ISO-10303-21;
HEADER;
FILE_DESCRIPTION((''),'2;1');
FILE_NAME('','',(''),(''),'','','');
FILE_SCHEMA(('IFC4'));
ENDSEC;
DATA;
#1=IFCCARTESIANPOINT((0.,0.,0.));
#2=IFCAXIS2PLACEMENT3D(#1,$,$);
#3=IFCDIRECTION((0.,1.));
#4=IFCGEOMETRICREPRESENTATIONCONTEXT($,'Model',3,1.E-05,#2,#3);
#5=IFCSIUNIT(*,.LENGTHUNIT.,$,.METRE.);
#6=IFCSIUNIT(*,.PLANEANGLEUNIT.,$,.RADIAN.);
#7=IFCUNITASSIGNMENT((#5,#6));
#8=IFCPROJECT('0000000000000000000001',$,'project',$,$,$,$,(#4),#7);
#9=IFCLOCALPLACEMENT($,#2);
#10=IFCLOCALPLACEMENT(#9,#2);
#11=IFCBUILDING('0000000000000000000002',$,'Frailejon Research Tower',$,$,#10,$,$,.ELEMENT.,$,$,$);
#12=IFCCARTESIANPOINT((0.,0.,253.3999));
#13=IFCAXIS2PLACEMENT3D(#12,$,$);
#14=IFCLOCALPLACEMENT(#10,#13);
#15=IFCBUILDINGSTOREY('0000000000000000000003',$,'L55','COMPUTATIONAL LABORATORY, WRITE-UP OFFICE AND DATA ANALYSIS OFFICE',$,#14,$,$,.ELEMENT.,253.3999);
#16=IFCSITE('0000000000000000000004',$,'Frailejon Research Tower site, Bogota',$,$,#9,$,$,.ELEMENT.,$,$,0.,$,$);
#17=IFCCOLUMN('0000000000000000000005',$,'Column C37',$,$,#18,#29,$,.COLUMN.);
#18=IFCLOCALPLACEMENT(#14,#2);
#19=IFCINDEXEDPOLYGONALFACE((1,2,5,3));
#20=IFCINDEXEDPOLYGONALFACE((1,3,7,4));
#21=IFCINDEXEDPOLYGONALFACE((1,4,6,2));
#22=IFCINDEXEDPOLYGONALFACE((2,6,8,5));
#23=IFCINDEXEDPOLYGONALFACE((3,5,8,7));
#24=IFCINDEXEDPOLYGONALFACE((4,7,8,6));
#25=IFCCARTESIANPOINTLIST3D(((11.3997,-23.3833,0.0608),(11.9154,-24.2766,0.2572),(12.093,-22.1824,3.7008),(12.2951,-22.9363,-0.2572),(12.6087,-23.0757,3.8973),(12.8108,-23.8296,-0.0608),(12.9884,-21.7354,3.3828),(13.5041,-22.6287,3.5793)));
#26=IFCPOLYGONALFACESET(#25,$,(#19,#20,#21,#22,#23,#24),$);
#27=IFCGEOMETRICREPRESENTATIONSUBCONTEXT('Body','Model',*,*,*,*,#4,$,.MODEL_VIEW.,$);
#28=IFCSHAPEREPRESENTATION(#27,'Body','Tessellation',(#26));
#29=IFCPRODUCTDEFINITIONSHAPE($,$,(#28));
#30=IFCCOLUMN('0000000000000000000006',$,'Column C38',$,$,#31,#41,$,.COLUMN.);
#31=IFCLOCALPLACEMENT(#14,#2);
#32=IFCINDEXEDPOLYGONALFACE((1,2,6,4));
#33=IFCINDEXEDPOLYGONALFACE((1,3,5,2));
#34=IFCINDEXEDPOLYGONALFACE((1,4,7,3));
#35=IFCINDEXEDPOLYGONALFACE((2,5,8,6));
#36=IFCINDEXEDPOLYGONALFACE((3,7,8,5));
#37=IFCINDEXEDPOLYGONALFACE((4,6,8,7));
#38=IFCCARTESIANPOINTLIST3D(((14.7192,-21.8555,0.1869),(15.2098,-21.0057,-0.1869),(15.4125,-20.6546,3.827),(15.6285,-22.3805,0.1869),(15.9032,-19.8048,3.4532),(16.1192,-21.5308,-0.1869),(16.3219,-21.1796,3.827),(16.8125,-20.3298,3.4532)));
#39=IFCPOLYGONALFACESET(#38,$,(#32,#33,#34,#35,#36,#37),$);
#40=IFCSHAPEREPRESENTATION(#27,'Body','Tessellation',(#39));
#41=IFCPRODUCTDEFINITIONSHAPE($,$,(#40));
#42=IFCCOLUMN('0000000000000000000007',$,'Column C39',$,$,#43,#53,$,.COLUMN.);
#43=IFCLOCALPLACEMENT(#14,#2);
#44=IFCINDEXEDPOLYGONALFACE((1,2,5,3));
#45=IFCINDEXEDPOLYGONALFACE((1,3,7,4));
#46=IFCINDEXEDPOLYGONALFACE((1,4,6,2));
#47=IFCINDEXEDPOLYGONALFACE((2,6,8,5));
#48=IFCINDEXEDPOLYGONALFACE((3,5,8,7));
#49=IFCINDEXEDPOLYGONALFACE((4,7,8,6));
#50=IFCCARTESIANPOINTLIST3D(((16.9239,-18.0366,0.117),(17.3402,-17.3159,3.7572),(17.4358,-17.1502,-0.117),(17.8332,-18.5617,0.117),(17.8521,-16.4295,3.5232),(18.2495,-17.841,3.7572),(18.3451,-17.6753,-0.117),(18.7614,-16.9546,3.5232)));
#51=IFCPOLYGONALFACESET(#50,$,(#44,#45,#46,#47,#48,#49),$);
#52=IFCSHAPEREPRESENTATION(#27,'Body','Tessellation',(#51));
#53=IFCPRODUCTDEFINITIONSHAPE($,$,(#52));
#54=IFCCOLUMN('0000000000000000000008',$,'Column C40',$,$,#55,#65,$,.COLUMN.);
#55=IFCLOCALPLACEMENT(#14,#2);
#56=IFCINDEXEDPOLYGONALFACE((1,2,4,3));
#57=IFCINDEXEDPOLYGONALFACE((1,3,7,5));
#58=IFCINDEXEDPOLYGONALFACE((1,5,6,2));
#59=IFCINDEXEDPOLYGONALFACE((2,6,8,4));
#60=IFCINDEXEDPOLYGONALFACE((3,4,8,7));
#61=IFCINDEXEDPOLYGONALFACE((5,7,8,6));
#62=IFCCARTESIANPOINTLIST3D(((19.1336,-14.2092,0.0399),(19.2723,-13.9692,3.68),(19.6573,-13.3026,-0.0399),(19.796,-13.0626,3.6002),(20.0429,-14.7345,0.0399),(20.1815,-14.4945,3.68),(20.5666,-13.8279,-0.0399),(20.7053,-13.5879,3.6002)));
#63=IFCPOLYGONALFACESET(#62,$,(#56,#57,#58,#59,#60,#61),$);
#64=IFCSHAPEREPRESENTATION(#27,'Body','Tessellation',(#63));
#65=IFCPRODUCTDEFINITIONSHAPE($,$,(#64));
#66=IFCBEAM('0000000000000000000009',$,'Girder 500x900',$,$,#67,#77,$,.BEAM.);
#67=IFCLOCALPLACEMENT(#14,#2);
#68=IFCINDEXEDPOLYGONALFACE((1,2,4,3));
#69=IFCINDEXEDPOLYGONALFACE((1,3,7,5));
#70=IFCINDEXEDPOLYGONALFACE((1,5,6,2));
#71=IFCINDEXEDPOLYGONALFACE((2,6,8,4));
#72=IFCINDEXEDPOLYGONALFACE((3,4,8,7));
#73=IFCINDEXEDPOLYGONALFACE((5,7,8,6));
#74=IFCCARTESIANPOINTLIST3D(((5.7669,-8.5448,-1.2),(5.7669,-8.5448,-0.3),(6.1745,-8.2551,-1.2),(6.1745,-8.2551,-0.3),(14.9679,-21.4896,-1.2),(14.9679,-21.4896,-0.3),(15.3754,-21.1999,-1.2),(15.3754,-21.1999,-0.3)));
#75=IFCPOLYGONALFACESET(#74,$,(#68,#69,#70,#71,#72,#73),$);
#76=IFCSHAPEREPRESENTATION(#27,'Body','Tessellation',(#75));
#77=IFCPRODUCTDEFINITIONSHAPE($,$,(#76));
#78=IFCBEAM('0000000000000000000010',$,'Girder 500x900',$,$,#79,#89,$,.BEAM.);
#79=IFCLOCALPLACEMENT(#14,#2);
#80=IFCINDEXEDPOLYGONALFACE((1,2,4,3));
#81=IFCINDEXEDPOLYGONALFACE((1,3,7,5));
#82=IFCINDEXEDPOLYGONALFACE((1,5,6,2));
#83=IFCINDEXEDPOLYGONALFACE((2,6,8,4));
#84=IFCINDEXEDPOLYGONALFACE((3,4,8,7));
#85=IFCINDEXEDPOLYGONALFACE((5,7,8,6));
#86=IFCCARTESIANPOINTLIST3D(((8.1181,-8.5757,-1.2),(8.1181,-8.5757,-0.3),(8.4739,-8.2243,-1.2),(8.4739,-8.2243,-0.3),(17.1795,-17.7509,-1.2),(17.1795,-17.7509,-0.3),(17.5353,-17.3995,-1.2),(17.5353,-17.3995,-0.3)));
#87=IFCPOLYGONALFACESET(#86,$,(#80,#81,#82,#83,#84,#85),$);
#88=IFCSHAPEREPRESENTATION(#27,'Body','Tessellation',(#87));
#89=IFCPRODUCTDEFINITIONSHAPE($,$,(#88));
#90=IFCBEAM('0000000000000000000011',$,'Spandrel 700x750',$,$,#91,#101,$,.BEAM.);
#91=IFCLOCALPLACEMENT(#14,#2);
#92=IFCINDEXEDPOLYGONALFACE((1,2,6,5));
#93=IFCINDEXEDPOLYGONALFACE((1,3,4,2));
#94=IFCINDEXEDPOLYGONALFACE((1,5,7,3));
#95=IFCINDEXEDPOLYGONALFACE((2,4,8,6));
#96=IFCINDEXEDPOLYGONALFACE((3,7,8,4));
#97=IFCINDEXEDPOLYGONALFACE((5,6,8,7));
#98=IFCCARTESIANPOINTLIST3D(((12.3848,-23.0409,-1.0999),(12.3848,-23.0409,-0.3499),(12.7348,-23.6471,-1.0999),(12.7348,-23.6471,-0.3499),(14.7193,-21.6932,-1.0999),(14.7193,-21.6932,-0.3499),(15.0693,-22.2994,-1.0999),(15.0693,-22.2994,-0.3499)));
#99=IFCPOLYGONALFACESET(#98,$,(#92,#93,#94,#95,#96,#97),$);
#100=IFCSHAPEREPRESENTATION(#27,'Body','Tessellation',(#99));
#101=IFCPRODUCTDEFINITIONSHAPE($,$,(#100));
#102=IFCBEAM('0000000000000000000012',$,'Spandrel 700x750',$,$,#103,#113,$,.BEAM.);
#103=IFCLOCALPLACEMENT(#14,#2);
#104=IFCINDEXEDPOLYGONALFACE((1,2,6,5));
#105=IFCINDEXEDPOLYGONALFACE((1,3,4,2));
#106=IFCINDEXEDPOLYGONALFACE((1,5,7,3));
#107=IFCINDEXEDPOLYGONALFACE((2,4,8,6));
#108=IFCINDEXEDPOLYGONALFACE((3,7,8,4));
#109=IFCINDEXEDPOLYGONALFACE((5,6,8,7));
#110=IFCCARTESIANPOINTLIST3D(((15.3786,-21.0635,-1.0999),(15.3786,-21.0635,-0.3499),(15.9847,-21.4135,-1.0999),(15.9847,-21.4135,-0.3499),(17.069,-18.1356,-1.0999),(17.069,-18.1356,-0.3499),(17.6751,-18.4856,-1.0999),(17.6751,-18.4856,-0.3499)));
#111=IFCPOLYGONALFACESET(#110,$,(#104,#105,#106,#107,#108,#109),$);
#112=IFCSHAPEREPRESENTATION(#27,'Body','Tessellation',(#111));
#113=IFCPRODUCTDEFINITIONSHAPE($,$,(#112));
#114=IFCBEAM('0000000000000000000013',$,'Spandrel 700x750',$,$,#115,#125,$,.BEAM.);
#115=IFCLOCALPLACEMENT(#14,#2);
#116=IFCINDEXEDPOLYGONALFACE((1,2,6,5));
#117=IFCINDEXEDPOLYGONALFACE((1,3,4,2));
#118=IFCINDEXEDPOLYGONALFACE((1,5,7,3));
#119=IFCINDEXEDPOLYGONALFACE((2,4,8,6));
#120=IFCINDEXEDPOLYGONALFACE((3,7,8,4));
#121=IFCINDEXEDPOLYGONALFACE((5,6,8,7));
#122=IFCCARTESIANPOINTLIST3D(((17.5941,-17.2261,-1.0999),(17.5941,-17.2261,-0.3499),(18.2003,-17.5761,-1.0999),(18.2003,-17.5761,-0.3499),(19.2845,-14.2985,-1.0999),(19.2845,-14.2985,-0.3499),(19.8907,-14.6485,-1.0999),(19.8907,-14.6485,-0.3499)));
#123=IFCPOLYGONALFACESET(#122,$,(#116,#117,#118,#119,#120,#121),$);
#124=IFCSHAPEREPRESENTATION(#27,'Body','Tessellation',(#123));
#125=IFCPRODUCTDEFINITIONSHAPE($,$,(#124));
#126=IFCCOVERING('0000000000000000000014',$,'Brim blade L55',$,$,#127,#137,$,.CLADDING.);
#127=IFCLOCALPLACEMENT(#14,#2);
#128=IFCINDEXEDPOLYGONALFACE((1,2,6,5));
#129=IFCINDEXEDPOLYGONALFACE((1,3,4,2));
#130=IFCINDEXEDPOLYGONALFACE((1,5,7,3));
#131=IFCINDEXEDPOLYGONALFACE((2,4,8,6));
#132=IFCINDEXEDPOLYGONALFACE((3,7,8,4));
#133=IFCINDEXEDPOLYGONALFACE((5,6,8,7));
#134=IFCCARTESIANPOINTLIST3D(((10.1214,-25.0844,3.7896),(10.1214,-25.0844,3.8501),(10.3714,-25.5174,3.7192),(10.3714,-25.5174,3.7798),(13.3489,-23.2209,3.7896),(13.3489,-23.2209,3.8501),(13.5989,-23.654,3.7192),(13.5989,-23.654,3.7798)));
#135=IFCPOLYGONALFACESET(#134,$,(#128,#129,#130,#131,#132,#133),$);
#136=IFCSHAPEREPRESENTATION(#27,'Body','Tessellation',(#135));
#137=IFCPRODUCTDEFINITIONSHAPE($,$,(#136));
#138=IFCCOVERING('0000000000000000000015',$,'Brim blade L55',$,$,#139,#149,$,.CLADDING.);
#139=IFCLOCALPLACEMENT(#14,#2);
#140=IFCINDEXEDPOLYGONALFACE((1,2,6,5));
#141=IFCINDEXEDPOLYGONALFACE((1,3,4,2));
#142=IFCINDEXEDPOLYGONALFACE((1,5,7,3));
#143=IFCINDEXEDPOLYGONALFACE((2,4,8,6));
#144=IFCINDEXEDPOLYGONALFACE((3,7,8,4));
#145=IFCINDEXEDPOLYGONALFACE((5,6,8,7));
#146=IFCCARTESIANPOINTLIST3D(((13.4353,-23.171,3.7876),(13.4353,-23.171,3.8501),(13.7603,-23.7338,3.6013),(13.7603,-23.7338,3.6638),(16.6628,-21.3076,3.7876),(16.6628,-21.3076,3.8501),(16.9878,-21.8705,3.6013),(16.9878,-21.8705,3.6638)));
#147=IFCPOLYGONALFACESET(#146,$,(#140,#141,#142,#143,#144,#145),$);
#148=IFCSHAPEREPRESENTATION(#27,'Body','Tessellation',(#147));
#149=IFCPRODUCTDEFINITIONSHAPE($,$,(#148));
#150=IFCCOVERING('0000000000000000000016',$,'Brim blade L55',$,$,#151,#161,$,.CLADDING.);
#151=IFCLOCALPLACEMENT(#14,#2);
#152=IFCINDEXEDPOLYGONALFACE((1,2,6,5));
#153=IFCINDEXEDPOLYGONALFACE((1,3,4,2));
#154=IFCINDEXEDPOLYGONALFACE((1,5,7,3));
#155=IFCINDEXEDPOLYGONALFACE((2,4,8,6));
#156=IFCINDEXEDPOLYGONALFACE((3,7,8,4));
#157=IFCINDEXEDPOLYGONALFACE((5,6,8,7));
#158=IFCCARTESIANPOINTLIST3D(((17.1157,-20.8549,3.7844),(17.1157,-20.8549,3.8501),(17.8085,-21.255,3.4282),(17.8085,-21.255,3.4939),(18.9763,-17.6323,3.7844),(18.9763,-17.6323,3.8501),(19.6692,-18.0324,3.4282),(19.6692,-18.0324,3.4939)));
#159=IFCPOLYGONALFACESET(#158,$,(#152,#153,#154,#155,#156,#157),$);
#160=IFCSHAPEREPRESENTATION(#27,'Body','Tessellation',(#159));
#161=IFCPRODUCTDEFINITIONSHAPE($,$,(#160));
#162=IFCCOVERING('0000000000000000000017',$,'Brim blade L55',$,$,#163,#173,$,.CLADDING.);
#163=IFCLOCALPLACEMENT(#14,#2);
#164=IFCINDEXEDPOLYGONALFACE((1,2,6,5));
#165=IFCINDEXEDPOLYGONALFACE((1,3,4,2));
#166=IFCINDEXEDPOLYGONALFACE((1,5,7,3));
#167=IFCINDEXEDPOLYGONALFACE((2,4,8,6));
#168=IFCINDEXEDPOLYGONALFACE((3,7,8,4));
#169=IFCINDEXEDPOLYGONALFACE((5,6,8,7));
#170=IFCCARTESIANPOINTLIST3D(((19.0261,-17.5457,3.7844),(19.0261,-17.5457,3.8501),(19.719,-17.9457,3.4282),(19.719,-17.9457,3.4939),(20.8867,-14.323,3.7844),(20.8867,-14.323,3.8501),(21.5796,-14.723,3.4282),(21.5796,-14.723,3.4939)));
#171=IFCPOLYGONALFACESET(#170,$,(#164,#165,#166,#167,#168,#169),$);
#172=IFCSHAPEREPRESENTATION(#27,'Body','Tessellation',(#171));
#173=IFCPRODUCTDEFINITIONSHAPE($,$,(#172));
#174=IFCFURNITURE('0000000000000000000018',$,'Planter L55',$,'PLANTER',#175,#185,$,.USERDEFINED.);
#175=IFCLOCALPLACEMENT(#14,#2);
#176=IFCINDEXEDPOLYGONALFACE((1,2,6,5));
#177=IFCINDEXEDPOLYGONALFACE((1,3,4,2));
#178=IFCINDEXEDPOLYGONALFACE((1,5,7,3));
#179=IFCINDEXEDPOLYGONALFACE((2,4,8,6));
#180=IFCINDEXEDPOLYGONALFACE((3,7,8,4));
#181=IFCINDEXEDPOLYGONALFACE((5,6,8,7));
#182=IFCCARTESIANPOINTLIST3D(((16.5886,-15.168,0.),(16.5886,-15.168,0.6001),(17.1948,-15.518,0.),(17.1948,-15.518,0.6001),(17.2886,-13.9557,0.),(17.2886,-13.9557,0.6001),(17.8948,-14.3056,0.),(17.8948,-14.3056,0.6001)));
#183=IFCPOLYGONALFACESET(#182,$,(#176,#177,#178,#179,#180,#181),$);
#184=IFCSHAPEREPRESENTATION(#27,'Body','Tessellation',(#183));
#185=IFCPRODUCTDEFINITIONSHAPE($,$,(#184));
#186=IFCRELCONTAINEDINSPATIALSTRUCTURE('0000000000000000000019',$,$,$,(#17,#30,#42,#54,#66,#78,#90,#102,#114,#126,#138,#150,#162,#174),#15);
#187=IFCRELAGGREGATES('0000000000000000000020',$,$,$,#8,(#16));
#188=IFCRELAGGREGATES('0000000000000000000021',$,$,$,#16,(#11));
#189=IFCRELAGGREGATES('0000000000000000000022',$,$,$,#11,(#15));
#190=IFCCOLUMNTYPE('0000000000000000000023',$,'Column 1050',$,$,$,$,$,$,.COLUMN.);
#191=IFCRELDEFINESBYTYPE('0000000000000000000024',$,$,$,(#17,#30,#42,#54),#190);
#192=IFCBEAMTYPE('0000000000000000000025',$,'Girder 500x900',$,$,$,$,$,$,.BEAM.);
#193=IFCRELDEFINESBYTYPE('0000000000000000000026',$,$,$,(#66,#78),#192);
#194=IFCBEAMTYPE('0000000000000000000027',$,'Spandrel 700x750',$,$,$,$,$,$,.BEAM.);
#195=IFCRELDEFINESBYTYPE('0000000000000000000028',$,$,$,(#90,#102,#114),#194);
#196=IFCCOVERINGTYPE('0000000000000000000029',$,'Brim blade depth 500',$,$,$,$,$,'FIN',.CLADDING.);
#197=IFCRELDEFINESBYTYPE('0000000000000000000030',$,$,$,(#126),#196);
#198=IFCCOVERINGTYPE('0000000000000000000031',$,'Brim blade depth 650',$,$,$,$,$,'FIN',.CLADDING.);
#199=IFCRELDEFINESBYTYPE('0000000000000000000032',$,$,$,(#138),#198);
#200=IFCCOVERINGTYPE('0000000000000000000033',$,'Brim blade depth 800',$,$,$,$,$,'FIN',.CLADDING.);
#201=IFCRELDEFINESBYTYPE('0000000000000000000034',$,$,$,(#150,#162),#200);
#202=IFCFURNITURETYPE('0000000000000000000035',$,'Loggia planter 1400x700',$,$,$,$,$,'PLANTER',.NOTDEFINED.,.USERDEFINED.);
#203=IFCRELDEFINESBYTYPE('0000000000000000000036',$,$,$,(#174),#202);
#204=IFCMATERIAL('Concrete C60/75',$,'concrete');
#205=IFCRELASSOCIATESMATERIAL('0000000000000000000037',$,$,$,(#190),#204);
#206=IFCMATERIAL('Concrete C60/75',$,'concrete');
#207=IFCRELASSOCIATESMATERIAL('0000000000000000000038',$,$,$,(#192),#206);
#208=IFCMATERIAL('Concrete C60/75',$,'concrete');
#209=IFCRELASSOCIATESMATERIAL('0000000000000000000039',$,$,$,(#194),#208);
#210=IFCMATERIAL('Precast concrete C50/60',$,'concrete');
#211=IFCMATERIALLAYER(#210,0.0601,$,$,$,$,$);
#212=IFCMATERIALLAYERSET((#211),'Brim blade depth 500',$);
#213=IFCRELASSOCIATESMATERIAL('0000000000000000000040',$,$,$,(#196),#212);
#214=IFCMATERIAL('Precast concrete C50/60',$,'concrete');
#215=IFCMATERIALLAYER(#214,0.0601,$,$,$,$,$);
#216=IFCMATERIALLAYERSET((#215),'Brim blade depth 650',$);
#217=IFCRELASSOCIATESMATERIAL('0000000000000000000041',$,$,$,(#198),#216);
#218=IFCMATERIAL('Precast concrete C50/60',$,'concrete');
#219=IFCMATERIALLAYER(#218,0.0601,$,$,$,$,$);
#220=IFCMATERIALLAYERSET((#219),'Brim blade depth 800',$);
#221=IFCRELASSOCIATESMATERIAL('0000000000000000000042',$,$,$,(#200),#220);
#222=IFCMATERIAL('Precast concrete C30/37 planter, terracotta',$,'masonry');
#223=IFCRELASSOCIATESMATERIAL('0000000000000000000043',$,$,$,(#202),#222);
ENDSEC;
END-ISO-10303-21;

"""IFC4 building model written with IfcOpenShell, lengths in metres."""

from ifc_helpers import new_model, si_unit, direction, frame, origin, origin_2d, place, context, subcontext, project, spatial, polyline, rectangle, outline, extrude, material, layer, layer_set, material_profile, profile_set, type_object, element, save


model = new_model("IFC4")

# Units and contexts
model_context = context("Model", 3, precision=1e-05, world=origin(), true_north=direction((0.0, 1.0)))
body_context = subcontext(model_context, "Body", "Model", "MODEL_VIEW")
ifc_project = project(units=[si_unit("LENGTHUNIT", "METRE"), si_unit("PLANEANGLEUNIT", "RADIAN")], contexts=[model_context])

# Site, building, storey
site_placement = place(None, origin())
site = spatial("IfcSite", under=ifc_project, at=site_placement, Name="Frailejon Research Tower site, Bogota", CompositionType="ELEMENT", RefElevation=0.0)
building_placement = place(site_placement, origin())
building = spatial("IfcBuilding", under=site, at=building_placement, Name="Frailejon Research Tower", CompositionType="ELEMENT")
storey_placement = place(building_placement, frame((0.0, 0.0, 253.3999)))
storey = spatial("IfcBuildingStorey", under=building, at=storey_placement, Name="L55", Description="COMPUTATIONAL LABORATORY, WRITE-UP OFFICE AND DATA ANALYSIS OFFICE", CompositionType="ELEMENT", Elevation=253.3999)

# Columns
ifc_material_1 = material(Name="Concrete C60/75", Category="concrete")
ifc_material_profile_1 = material_profile(ifc_material_1, rectangle(XDim=1.05, YDim=1.05, at=origin_2d()), Name="Column 1050")
ifc_profile_set_1 = profile_set([ifc_material_profile_1], Name="Concrete C60/75")
column_type = type_object("IfcColumnType", Name="Column 1050", PredefinedType="COLUMN", material=ifc_profile_set_1)
for number, where, z_axis, x_axis, name in (
    (1, (12.1052, -23.6064, 0.0), (0.177998, 0.3083, 0.934488), (0.852703, 0.425654, -0.302848), "Column C37"),
    (2, (15.4192, -21.6931, 0.0), (0.177998, 0.3083, 0.934488), (0.46727, 0.809276, -0.355994), "Column C38"),
):
    element("IfcColumn", number, at=place(storey_placement, frame(where, z_axis=z_axis, x_axis=x_axis)), inside=storey, type_object=column_type, Name=name, PredefinedType="COLUMN", context=body_context, shape_type="SweptSolid", body=[
        extrude(rectangle(XDim=1.05, YDim=1.05, at=origin_2d()), origin(), (0.0, 0.0, 1.0), 3.8953),
    ])
column_1_placement = place(storey_placement, frame((17.6345, -17.856, 0.0), z_axis=(0.111476, 0.193007, 0.974844), x_axis=(0.487482, 0.844205, -0.222887)))
element("IfcColumn", 3, at=column_1_placement, inside=storey, type_object=column_type, Name="Column C39", PredefinedType="COLUMN", context=body_context, shape_type="SweptSolid", body=[
    extrude(rectangle(XDim=1.05, YDim=1.05, at=origin_2d()), origin(), (0.0, 0.0, 1.0), 3.7341),
])
column_2_placement = place(storey_placement, frame((19.8501, -14.0186, 0.0), z_axis=(0.037985, 0.065739, 0.997114), x_axis=(0.498771, 0.863402, -0.075924)))
element("IfcColumn", 4, at=column_2_placement, inside=storey, type_object=column_type, Name="Column C40", PredefinedType="COLUMN", context=body_context, shape_type="SweptSolid", body=[
    extrude(rectangle(XDim=1.05, YDim=1.05, at=origin_2d()), origin(), (0.0, 0.0, 1.0), 3.6506),
])

# Beams
ifc_material_2 = material(Name="Concrete C60/75", Category="concrete")
ifc_material_profile_2 = material_profile(ifc_material_2, rectangle(XDim=0.5, YDim=0.8999, at=origin_2d()), Name="Girder 500x900")
ifc_profile_set_2 = profile_set([ifc_material_profile_2], Name="Concrete C60/75")
beam_type_1 = type_object("IfcBeamType", Name="Girder 500x900", PredefinedType="BEAM", material=ifc_profile_set_2)
beam_1_placement = place(storey_placement, frame((15.1716, -21.3447, -0.75), z_axis=(-0.579345, 0.815083, 0.0), x_axis=(-0.815083, -0.579345, 0.0)))
element("IfcBeam", 5, at=beam_1_placement, inside=storey, type_object=beam_type_1, Name="Girder 500x900", PredefinedType="BEAM", context=body_context, shape_type="SweptSolid", body=[
    extrude(rectangle(XDim=0.5, YDim=0.8999, at=origin_2d()), origin(), (0.0, 0.0, 1.0), 15.8816),
])
beam_2_placement = place(storey_placement, frame((17.3574, -17.5752, -0.75), z_axis=(-0.702682, 0.711504, 0.0), x_axis=(-0.711504, -0.702682, 0.0)))
element("IfcBeam", 6, at=beam_2_placement, inside=storey, type_object=beam_type_1, Name="Girder 500x900", PredefinedType="BEAM", context=body_context, shape_type="SweptSolid", body=[
    extrude(rectangle(XDim=0.5, YDim=0.8999, at=origin_2d()), origin(), (0.0, 0.0, 1.0), 12.8955),
])
ifc_material_3 = material(Name="Concrete C60/75", Category="concrete")
ifc_material_profile_3 = material_profile(ifc_material_3, rectangle(XDim=0.7, YDim=0.75, at=origin_2d()), Name="Spandrel 700x750")
ifc_profile_set_3 = profile_set([ifc_material_profile_3], Name="Concrete C60/75")
beam_type_2 = type_object("IfcBeamType", Name="Spandrel 700x750", PredefinedType="BEAM", material=ifc_profile_set_3)
beam_3_placement = place(storey_placement, frame((12.5598, -23.344, -0.7249), z_axis=(0.86605, 0.499958, 0.0), x_axis=(-0.499958, 0.86605, 0.0)))
element("IfcBeam", 7, at=beam_3_placement, inside=storey, type_object=beam_type_2, Name="Spandrel 700x750", PredefinedType="BEAM", context=body_context, shape_type="SweptSolid", body=[
    extrude(rectangle(XDim=0.7, YDim=0.75, at=origin_2d()), origin(), (0.0, 0.0, 1.0), 2.6956),
])
beam_4_placement = place(storey_placement, frame((15.6816, -21.2385, -0.7249), z_axis=(0.499991, 0.86603, 0.0), x_axis=(-0.86603, 0.499991, 0.0)))
element("IfcBeam", 8, at=beam_4_placement, inside=storey, type_object=beam_type_2, Name="Spandrel 700x750", PredefinedType="BEAM", context=body_context, shape_type="SweptSolid", body=[
    extrude(rectangle(XDim=0.7, YDim=0.75, at=origin_2d()), origin(), (0.0, 0.0, 1.0), 3.3809),
])
beam_5_placement = place(storey_placement, frame((17.8972, -17.4011, -0.7249), z_axis=(0.500023, 0.866012, 0.0), x_axis=(-0.866012, 0.500023, 0.0)))
element("IfcBeam", 9, at=beam_5_placement, inside=storey, type_object=beam_type_2, Name="Spandrel 700x750", PredefinedType="BEAM", context=body_context, shape_type="SweptSolid", body=[
    extrude(rectangle(XDim=0.7, YDim=0.75, at=origin_2d()), origin(), (0.0, 0.0, 1.0), 3.3806),
])

# Coverings
ifc_material_4 = material(Name="Precast concrete C50/60", Category="concrete")
ifc_layer_1 = layer(ifc_material_4, 0.0601)
ifc_layer_set_1 = layer_set([ifc_layer_1], Name="Brim blade depth 500")
covering_type_1 = type_object("IfcCoveringType", Name="Brim blade depth 500", ElementType="FIN", PredefinedType="CLADDING", material=ifc_layer_set_1)
covering_1_placement = place(storey_placement, frame((13.3489, -23.2209, 3.8501), z_axis=(-0.866018, -0.500012, 0.0), x_axis=(0.500012, -0.866018, 0.0)))
element("IfcCovering", 10, at=covering_1_placement, inside=storey, type_object=covering_type_1, Name="Brim blade L55", PredefinedType="CLADDING", context=body_context, shape_type="SweptSolid", body=[
    extrude(outline(polyline([(0.0, -0.0605), (0.5, -0.1309), (0.5, -0.0703), (0.0, 0.0), (0.0, -0.0605)])), origin(), (0.0, 0.0, 1.0), 3.7268),
])
ifc_material_5 = material(Name="Precast concrete C50/60", Category="concrete")
ifc_layer_2 = layer(ifc_material_5, 0.0601)
ifc_layer_set_2 = layer_set([ifc_layer_2], Name="Brim blade depth 650")
covering_type_2 = type_object("IfcCoveringType", Name="Brim blade depth 650", ElementType="FIN", PredefinedType="CLADDING", material=ifc_layer_set_2)
covering_2_placement = place(storey_placement, frame((16.6628, -21.3076, 3.8501), z_axis=(-0.86603, -0.499992, 0.0), x_axis=(0.499992, -0.86603, 0.0)))
element("IfcCovering", 11, at=covering_2_placement, inside=storey, type_object=covering_type_2, Name="Brim blade L55", PredefinedType="CLADDING", context=body_context, shape_type="SweptSolid", body=[
    extrude(outline(polyline([(0.0, -0.0625), (0.6499, -0.2488), (0.6499, -0.1863), (0.0, 0.0), (0.0, -0.0625)])), origin(), (0.0, 0.0, 1.0), 3.7268),
])
ifc_material_6 = material(Name="Precast concrete C50/60", Category="concrete")
ifc_layer_3 = layer(ifc_material_6, 0.0601)
ifc_layer_set_3 = layer_set([ifc_layer_3], Name="Brim blade depth 800")
covering_type_3 = type_object("IfcCoveringType", Name="Brim blade depth 800", ElementType="FIN", PredefinedType="CLADDING", material=ifc_layer_set_3)
for number, where, z_axis, x_axis, name in (
    (12, (18.9763, -17.6323, 3.8501), (-0.500015, -0.866017, 0.0), (0.866017, -0.500015, 0.0), "Brim blade L55"),
    (13, (20.8867, -14.323, 3.8501), (-0.499995, -0.866028, 0.0), (0.866028, -0.499995, 0.0), "Brim blade L55"),
):
    element("IfcCovering", number, at=place(storey_placement, frame(where, z_axis=z_axis, x_axis=x_axis)), inside=storey, type_object=covering_type_3, Name=name, PredefinedType="CLADDING", context=body_context, shape_type="SweptSolid", body=[
        extrude(outline(polyline([(0.0, -0.0657), (0.8, -0.4219), (0.8, -0.3562), (0.0, 0.0), (0.0, -0.0657)])), origin(), (0.0, 0.0, 1.0), 3.7212),
    ])

# Furniture
ifc_material_7 = material(Name="Precast concrete C30/37 planter, terracotta", Category="masonry")
furniture_type = type_object("IfcFurnitureType", Name="Loggia planter 1400x700", ElementType="PLANTER", AssemblyPlace="NOTDEFINED", PredefinedType="USERDEFINED", material=ifc_material_7)
furniture_placement = place(storey_placement, frame((17.2417, -14.7368, 0.0), z_axis=(0.0, 0.0, 1.0), x_axis=(0.5, 0.866025, 0.0)))
element("IfcFurniture", 14, at=furniture_placement, inside=storey, type_object=furniture_type, Name="Planter L55", ObjectType="PLANTER", PredefinedType="USERDEFINED", context=body_context, shape_type="SweptSolid", body=[
    extrude(rectangle(XDim=1.3999, YDim=0.7, at=origin_2d()), origin(), (0.0, 0.0, 1.0), 0.6001),
])

save(model, "model.ifc")
